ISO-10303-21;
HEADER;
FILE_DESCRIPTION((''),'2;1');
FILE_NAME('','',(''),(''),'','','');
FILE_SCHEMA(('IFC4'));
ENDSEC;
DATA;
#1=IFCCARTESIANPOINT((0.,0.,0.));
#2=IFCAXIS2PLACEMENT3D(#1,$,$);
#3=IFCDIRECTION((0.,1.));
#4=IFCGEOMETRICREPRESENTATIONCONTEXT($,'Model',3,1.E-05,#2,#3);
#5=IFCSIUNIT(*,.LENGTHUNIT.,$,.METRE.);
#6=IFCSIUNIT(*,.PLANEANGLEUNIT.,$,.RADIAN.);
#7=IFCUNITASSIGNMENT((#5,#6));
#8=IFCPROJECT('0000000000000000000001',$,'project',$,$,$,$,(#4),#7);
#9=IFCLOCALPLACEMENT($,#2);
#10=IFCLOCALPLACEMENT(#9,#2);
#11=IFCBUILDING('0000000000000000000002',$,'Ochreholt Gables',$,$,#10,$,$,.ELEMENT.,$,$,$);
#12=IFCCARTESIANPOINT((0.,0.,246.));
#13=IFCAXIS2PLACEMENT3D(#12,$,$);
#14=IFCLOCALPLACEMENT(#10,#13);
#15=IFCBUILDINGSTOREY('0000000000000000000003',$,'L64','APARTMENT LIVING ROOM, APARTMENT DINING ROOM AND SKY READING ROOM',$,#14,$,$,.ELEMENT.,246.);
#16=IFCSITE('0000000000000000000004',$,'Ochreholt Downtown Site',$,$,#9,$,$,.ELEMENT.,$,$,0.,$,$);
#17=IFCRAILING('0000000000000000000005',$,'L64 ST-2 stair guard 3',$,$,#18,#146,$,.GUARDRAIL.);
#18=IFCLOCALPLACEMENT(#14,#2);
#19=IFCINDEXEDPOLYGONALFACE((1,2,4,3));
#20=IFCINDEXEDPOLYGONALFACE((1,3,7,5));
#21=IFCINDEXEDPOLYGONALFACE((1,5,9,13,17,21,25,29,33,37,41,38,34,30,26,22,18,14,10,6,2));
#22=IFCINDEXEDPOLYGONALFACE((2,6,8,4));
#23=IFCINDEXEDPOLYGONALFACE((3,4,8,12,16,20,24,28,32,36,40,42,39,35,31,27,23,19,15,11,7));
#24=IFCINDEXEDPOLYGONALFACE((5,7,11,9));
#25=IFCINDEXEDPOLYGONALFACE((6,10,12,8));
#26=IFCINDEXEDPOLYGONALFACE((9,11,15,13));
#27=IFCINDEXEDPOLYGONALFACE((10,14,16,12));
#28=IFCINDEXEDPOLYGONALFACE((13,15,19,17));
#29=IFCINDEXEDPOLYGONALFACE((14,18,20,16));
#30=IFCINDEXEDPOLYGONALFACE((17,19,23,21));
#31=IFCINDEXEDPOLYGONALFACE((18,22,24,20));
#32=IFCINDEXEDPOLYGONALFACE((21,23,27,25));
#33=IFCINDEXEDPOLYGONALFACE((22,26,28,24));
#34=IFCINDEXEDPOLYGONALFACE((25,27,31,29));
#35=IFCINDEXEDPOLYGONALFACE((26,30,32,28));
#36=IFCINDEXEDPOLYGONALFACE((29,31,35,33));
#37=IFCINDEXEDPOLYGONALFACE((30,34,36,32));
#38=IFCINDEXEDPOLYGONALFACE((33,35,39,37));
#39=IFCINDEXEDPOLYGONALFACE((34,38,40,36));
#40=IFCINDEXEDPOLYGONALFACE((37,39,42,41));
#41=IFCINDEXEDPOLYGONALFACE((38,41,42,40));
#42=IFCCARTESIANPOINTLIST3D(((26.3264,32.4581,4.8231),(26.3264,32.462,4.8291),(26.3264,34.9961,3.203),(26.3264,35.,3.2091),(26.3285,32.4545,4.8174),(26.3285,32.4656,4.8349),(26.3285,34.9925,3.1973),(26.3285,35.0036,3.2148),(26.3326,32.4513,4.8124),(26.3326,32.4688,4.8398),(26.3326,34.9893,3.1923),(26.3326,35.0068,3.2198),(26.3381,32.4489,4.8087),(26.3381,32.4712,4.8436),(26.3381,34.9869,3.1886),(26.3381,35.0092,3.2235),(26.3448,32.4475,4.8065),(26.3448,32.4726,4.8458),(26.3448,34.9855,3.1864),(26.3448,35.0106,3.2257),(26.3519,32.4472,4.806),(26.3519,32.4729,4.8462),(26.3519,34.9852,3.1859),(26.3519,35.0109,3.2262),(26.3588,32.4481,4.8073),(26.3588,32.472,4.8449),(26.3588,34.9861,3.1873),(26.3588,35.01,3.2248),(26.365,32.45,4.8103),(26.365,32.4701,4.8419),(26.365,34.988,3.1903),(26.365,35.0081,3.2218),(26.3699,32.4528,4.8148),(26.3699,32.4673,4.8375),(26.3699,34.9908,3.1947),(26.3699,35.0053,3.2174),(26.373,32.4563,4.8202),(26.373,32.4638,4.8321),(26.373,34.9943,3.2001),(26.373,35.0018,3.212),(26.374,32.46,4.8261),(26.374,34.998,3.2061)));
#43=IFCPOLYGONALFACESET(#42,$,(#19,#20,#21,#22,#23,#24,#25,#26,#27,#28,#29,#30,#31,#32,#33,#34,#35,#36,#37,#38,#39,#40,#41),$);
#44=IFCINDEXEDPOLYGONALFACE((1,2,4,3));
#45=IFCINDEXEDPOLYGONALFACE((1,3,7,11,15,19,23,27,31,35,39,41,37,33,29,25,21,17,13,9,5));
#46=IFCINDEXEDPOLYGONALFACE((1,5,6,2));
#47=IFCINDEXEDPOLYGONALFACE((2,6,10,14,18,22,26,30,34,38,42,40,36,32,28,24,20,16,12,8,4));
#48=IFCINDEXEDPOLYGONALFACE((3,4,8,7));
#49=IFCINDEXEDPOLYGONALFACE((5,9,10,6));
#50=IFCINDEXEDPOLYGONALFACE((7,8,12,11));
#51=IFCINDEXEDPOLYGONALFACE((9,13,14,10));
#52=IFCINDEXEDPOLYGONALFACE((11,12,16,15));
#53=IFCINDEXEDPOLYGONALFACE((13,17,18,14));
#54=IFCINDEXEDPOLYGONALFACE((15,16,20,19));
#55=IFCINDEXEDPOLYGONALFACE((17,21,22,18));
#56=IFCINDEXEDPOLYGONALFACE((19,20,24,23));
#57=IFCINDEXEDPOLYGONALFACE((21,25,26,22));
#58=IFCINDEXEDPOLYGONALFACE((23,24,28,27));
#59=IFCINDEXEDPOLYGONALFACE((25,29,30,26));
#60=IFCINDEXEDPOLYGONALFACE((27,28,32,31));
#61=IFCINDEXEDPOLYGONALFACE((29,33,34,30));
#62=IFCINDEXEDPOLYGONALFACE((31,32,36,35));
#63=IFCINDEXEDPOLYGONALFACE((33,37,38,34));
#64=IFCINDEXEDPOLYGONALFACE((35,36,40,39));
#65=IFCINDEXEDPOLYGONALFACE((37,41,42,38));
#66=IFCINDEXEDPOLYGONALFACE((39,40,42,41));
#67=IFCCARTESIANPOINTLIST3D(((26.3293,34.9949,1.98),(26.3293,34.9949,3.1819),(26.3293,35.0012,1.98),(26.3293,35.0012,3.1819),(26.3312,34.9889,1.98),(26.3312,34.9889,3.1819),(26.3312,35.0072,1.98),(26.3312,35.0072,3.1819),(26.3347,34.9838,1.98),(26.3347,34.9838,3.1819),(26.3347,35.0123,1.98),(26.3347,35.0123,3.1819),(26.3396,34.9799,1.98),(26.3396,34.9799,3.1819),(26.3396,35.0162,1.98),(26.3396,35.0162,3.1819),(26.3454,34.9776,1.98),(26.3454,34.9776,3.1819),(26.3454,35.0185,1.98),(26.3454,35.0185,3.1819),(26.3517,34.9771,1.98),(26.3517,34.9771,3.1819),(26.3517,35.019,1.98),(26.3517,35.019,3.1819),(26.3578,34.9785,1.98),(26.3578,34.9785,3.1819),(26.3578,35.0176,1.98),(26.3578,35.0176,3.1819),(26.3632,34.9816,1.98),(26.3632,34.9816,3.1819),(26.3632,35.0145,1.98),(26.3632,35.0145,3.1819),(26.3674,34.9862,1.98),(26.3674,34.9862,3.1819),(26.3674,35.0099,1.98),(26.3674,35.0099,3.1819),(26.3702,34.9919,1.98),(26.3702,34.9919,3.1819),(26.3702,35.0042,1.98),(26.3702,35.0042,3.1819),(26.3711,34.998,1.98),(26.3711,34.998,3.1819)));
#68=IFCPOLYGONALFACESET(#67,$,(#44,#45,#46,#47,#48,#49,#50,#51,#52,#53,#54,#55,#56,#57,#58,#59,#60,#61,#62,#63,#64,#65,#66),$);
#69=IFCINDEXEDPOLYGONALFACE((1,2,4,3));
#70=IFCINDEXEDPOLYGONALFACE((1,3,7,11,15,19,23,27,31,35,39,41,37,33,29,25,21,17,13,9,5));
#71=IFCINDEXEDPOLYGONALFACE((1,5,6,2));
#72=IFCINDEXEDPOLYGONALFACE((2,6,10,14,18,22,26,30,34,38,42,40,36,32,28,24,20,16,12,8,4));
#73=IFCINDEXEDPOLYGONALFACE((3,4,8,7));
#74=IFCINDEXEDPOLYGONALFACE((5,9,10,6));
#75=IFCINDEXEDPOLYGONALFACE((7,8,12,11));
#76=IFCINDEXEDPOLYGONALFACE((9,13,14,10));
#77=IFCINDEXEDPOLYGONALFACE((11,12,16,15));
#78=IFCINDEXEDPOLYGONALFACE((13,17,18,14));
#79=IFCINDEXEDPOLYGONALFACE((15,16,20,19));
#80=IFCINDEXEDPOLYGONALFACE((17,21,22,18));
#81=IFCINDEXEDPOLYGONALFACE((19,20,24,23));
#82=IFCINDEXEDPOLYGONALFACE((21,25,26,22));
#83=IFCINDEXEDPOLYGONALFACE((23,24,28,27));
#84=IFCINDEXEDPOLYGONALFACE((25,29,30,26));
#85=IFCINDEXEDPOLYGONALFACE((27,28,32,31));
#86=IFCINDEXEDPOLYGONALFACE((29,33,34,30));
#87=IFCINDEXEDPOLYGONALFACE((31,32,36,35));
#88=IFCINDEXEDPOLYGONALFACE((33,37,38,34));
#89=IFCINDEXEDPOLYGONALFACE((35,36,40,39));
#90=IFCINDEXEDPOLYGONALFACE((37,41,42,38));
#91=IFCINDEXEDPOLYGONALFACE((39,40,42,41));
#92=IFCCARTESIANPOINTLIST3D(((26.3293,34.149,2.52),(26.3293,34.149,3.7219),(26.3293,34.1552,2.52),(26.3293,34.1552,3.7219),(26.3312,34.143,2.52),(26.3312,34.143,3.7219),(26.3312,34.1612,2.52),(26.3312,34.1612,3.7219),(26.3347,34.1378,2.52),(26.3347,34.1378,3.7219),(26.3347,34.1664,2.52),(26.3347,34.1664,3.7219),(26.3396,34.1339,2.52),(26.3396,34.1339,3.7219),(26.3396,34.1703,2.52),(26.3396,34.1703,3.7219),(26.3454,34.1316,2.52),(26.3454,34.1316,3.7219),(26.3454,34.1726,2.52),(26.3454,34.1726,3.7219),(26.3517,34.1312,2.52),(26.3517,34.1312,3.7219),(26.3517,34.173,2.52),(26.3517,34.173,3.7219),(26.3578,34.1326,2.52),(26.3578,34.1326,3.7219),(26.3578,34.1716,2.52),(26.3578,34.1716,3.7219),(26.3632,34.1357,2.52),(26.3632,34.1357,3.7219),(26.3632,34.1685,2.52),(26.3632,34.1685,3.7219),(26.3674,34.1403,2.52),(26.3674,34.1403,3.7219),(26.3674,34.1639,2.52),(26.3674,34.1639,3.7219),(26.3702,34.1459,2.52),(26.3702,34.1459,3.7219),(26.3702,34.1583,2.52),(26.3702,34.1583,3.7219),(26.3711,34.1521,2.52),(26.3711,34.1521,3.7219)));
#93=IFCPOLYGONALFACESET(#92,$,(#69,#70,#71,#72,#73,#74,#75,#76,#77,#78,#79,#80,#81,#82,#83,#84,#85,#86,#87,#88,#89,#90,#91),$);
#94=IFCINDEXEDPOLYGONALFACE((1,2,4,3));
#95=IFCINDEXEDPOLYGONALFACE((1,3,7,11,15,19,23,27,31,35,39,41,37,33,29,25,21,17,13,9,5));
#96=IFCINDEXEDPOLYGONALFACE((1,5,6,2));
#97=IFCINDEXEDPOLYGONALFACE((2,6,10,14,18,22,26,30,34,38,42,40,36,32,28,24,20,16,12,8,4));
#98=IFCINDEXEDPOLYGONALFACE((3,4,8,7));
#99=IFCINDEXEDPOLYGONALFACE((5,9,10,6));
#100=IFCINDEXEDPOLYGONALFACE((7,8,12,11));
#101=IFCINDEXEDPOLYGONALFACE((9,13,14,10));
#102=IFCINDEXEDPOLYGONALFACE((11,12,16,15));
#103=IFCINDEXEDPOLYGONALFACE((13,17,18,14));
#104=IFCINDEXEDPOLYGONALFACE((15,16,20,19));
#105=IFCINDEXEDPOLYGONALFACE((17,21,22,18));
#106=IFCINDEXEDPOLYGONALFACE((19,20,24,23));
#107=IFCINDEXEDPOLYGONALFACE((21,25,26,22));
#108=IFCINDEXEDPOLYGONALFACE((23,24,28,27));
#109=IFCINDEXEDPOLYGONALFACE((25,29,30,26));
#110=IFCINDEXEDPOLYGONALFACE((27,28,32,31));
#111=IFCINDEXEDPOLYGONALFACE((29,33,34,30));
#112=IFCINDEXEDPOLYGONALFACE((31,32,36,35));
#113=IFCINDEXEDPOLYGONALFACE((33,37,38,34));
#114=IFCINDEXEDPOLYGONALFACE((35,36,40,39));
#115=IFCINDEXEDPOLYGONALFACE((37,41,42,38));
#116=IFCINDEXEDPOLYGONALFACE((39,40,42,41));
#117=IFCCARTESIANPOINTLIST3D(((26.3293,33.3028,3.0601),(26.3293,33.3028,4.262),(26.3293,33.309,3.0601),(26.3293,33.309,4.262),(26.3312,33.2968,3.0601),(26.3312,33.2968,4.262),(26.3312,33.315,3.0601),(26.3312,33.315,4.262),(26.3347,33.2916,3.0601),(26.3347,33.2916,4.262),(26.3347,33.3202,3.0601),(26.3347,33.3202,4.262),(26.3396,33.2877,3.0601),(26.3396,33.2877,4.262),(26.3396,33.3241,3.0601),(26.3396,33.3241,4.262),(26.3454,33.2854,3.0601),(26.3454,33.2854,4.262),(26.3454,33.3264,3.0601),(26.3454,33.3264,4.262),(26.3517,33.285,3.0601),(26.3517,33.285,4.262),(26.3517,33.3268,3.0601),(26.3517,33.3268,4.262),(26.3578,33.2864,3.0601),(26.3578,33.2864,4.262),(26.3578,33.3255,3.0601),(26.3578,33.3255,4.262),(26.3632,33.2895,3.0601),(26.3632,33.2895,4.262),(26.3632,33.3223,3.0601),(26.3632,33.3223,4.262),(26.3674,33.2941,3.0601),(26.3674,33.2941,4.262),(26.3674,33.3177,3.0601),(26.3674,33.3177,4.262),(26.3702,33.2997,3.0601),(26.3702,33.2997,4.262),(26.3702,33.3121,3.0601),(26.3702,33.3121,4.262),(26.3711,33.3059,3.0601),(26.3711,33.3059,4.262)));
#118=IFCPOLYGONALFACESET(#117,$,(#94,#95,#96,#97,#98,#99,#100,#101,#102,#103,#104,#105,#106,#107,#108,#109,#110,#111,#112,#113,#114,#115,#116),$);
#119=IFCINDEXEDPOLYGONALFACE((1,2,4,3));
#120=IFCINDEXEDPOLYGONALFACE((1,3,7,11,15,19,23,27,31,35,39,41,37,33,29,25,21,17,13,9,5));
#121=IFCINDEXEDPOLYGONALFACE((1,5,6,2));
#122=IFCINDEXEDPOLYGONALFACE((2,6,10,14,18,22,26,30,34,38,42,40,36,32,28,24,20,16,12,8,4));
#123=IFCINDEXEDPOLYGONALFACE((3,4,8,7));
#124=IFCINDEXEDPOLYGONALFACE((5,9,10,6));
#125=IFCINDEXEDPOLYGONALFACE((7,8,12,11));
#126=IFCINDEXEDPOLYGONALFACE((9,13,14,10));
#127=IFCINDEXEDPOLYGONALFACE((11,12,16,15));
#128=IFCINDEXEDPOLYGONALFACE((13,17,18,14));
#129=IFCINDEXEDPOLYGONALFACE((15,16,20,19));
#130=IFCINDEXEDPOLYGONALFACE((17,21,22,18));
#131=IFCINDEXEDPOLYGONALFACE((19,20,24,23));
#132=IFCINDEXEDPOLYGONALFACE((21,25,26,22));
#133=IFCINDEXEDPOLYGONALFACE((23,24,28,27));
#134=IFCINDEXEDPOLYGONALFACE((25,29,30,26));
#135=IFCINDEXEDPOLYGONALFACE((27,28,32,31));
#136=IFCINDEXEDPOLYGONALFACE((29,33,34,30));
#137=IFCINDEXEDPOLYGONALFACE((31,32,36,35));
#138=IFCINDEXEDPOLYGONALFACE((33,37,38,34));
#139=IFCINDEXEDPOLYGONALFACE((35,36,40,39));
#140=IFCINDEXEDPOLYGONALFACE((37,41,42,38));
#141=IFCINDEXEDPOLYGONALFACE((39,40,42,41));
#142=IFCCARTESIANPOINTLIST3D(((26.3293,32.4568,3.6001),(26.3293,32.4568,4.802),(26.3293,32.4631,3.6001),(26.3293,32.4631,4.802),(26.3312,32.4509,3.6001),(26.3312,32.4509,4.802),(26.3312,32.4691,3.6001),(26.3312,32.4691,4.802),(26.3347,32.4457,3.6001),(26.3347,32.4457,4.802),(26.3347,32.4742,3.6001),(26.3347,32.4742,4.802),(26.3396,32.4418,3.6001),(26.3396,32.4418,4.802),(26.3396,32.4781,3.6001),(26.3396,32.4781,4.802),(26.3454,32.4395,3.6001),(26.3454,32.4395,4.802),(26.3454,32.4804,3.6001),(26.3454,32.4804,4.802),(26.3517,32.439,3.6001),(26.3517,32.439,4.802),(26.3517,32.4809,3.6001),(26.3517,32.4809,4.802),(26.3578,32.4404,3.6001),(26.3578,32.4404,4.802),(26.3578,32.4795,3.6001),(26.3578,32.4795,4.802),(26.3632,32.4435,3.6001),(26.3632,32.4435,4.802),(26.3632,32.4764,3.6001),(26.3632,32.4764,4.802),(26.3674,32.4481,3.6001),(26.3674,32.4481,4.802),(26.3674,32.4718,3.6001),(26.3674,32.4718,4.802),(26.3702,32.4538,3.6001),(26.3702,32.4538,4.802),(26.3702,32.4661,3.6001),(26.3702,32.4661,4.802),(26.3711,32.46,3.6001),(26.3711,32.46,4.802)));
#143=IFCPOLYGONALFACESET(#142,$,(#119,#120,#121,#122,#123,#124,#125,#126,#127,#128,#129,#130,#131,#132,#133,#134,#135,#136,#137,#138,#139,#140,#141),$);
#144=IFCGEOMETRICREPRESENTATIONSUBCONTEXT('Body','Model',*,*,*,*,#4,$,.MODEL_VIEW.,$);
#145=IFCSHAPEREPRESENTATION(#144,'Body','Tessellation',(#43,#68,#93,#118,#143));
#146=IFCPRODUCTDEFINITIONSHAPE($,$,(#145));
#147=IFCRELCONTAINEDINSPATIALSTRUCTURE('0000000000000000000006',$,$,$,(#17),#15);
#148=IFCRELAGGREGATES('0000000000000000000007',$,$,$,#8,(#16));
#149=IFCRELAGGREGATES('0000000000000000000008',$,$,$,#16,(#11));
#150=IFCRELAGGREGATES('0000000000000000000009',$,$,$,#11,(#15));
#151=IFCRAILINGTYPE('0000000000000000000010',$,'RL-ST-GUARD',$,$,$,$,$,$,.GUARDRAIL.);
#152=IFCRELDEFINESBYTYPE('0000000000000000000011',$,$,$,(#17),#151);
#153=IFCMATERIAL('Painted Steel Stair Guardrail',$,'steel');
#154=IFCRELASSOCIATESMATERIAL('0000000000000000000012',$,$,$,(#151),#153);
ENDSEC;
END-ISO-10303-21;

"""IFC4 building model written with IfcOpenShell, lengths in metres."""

from ifc_helpers import new_model, si_unit, direction, frame, origin, origin_2d, place, context, subcontext, project, spatial, circle, extrude, material, type_object, element, save


model = new_model("IFC4")

# Units and contexts
model_context = context("Model", 3, precision=1e-05, world=origin(), true_north=direction((0.0, 1.0)))
body_context = subcontext(model_context, "Body", "Model", "MODEL_VIEW")
ifc_project = project(units=[si_unit("LENGTHUNIT", "METRE"), si_unit("PLANEANGLEUNIT", "RADIAN")], contexts=[model_context])

# Site, building, storey
site_placement = place(None, origin())
site = spatial("IfcSite", under=ifc_project, at=site_placement, Name="Ochreholt Downtown Site", CompositionType="ELEMENT", RefElevation=0.0)
building_placement = place(site_placement, origin())
building = spatial("IfcBuilding", under=site, at=building_placement, Name="Ochreholt Gables", CompositionType="ELEMENT")
storey_placement = place(building_placement, frame((0.0, 0.0, 246.0)))
storey = spatial("IfcBuildingStorey", under=building, at=storey_placement, Name="L64", Description="APARTMENT LIVING ROOM, APARTMENT DINING ROOM AND SKY READING ROOM", CompositionType="ELEMENT", Elevation=246.0)

# Railing
ifc_material_1 = material(Name="Painted Steel Stair Guardrail", Category="steel")
railing_type_1 = type_object("IfcRailingType", Name="RL-ST-GUARD", PredefinedType="GUARDRAIL", material=ifc_material_1)
railing_1_placement = place(storey_placement, frame((26.3501, 34.998, 1.98)))
element("IfcRailing", 1, at=railing_1_placement, inside=storey, type_object=railing_type_1, Name="L64 ST-2 stair guard 3", PredefinedType="GUARDRAIL", context=body_context, shape_type="SweptSolid", body=[
    extrude(circle(Radius=0.0239, at=origin_2d()), frame((0.0, 0.0, 1.2261), z_axis=(0.0, -0.842913, 0.53805), x_axis=(1.0, 0.0, 0.0)), (0.0, 0.0, 1.0), 3.011),
    extrude(circle(Radius=0.021, at=origin_2d()), origin(), (0.0, 0.0, 1.0), 1.2019),
    extrude(circle(Radius=0.021, at=origin_2d()), frame((0.0, -0.8459, 0.54)), (0.0, 0.0, 1.0), 1.2019),
    extrude(circle(Radius=0.021, at=origin_2d()), frame((0.0, -1.6921, 1.0801)), (0.0, 0.0, 1.0), 1.2019),
    extrude(circle(Radius=0.021, at=origin_2d()), frame((0.0, -2.5381, 1.6201)), (0.0, 0.0, 1.0), 1.2019),
])

save(model, "model.ifc")
